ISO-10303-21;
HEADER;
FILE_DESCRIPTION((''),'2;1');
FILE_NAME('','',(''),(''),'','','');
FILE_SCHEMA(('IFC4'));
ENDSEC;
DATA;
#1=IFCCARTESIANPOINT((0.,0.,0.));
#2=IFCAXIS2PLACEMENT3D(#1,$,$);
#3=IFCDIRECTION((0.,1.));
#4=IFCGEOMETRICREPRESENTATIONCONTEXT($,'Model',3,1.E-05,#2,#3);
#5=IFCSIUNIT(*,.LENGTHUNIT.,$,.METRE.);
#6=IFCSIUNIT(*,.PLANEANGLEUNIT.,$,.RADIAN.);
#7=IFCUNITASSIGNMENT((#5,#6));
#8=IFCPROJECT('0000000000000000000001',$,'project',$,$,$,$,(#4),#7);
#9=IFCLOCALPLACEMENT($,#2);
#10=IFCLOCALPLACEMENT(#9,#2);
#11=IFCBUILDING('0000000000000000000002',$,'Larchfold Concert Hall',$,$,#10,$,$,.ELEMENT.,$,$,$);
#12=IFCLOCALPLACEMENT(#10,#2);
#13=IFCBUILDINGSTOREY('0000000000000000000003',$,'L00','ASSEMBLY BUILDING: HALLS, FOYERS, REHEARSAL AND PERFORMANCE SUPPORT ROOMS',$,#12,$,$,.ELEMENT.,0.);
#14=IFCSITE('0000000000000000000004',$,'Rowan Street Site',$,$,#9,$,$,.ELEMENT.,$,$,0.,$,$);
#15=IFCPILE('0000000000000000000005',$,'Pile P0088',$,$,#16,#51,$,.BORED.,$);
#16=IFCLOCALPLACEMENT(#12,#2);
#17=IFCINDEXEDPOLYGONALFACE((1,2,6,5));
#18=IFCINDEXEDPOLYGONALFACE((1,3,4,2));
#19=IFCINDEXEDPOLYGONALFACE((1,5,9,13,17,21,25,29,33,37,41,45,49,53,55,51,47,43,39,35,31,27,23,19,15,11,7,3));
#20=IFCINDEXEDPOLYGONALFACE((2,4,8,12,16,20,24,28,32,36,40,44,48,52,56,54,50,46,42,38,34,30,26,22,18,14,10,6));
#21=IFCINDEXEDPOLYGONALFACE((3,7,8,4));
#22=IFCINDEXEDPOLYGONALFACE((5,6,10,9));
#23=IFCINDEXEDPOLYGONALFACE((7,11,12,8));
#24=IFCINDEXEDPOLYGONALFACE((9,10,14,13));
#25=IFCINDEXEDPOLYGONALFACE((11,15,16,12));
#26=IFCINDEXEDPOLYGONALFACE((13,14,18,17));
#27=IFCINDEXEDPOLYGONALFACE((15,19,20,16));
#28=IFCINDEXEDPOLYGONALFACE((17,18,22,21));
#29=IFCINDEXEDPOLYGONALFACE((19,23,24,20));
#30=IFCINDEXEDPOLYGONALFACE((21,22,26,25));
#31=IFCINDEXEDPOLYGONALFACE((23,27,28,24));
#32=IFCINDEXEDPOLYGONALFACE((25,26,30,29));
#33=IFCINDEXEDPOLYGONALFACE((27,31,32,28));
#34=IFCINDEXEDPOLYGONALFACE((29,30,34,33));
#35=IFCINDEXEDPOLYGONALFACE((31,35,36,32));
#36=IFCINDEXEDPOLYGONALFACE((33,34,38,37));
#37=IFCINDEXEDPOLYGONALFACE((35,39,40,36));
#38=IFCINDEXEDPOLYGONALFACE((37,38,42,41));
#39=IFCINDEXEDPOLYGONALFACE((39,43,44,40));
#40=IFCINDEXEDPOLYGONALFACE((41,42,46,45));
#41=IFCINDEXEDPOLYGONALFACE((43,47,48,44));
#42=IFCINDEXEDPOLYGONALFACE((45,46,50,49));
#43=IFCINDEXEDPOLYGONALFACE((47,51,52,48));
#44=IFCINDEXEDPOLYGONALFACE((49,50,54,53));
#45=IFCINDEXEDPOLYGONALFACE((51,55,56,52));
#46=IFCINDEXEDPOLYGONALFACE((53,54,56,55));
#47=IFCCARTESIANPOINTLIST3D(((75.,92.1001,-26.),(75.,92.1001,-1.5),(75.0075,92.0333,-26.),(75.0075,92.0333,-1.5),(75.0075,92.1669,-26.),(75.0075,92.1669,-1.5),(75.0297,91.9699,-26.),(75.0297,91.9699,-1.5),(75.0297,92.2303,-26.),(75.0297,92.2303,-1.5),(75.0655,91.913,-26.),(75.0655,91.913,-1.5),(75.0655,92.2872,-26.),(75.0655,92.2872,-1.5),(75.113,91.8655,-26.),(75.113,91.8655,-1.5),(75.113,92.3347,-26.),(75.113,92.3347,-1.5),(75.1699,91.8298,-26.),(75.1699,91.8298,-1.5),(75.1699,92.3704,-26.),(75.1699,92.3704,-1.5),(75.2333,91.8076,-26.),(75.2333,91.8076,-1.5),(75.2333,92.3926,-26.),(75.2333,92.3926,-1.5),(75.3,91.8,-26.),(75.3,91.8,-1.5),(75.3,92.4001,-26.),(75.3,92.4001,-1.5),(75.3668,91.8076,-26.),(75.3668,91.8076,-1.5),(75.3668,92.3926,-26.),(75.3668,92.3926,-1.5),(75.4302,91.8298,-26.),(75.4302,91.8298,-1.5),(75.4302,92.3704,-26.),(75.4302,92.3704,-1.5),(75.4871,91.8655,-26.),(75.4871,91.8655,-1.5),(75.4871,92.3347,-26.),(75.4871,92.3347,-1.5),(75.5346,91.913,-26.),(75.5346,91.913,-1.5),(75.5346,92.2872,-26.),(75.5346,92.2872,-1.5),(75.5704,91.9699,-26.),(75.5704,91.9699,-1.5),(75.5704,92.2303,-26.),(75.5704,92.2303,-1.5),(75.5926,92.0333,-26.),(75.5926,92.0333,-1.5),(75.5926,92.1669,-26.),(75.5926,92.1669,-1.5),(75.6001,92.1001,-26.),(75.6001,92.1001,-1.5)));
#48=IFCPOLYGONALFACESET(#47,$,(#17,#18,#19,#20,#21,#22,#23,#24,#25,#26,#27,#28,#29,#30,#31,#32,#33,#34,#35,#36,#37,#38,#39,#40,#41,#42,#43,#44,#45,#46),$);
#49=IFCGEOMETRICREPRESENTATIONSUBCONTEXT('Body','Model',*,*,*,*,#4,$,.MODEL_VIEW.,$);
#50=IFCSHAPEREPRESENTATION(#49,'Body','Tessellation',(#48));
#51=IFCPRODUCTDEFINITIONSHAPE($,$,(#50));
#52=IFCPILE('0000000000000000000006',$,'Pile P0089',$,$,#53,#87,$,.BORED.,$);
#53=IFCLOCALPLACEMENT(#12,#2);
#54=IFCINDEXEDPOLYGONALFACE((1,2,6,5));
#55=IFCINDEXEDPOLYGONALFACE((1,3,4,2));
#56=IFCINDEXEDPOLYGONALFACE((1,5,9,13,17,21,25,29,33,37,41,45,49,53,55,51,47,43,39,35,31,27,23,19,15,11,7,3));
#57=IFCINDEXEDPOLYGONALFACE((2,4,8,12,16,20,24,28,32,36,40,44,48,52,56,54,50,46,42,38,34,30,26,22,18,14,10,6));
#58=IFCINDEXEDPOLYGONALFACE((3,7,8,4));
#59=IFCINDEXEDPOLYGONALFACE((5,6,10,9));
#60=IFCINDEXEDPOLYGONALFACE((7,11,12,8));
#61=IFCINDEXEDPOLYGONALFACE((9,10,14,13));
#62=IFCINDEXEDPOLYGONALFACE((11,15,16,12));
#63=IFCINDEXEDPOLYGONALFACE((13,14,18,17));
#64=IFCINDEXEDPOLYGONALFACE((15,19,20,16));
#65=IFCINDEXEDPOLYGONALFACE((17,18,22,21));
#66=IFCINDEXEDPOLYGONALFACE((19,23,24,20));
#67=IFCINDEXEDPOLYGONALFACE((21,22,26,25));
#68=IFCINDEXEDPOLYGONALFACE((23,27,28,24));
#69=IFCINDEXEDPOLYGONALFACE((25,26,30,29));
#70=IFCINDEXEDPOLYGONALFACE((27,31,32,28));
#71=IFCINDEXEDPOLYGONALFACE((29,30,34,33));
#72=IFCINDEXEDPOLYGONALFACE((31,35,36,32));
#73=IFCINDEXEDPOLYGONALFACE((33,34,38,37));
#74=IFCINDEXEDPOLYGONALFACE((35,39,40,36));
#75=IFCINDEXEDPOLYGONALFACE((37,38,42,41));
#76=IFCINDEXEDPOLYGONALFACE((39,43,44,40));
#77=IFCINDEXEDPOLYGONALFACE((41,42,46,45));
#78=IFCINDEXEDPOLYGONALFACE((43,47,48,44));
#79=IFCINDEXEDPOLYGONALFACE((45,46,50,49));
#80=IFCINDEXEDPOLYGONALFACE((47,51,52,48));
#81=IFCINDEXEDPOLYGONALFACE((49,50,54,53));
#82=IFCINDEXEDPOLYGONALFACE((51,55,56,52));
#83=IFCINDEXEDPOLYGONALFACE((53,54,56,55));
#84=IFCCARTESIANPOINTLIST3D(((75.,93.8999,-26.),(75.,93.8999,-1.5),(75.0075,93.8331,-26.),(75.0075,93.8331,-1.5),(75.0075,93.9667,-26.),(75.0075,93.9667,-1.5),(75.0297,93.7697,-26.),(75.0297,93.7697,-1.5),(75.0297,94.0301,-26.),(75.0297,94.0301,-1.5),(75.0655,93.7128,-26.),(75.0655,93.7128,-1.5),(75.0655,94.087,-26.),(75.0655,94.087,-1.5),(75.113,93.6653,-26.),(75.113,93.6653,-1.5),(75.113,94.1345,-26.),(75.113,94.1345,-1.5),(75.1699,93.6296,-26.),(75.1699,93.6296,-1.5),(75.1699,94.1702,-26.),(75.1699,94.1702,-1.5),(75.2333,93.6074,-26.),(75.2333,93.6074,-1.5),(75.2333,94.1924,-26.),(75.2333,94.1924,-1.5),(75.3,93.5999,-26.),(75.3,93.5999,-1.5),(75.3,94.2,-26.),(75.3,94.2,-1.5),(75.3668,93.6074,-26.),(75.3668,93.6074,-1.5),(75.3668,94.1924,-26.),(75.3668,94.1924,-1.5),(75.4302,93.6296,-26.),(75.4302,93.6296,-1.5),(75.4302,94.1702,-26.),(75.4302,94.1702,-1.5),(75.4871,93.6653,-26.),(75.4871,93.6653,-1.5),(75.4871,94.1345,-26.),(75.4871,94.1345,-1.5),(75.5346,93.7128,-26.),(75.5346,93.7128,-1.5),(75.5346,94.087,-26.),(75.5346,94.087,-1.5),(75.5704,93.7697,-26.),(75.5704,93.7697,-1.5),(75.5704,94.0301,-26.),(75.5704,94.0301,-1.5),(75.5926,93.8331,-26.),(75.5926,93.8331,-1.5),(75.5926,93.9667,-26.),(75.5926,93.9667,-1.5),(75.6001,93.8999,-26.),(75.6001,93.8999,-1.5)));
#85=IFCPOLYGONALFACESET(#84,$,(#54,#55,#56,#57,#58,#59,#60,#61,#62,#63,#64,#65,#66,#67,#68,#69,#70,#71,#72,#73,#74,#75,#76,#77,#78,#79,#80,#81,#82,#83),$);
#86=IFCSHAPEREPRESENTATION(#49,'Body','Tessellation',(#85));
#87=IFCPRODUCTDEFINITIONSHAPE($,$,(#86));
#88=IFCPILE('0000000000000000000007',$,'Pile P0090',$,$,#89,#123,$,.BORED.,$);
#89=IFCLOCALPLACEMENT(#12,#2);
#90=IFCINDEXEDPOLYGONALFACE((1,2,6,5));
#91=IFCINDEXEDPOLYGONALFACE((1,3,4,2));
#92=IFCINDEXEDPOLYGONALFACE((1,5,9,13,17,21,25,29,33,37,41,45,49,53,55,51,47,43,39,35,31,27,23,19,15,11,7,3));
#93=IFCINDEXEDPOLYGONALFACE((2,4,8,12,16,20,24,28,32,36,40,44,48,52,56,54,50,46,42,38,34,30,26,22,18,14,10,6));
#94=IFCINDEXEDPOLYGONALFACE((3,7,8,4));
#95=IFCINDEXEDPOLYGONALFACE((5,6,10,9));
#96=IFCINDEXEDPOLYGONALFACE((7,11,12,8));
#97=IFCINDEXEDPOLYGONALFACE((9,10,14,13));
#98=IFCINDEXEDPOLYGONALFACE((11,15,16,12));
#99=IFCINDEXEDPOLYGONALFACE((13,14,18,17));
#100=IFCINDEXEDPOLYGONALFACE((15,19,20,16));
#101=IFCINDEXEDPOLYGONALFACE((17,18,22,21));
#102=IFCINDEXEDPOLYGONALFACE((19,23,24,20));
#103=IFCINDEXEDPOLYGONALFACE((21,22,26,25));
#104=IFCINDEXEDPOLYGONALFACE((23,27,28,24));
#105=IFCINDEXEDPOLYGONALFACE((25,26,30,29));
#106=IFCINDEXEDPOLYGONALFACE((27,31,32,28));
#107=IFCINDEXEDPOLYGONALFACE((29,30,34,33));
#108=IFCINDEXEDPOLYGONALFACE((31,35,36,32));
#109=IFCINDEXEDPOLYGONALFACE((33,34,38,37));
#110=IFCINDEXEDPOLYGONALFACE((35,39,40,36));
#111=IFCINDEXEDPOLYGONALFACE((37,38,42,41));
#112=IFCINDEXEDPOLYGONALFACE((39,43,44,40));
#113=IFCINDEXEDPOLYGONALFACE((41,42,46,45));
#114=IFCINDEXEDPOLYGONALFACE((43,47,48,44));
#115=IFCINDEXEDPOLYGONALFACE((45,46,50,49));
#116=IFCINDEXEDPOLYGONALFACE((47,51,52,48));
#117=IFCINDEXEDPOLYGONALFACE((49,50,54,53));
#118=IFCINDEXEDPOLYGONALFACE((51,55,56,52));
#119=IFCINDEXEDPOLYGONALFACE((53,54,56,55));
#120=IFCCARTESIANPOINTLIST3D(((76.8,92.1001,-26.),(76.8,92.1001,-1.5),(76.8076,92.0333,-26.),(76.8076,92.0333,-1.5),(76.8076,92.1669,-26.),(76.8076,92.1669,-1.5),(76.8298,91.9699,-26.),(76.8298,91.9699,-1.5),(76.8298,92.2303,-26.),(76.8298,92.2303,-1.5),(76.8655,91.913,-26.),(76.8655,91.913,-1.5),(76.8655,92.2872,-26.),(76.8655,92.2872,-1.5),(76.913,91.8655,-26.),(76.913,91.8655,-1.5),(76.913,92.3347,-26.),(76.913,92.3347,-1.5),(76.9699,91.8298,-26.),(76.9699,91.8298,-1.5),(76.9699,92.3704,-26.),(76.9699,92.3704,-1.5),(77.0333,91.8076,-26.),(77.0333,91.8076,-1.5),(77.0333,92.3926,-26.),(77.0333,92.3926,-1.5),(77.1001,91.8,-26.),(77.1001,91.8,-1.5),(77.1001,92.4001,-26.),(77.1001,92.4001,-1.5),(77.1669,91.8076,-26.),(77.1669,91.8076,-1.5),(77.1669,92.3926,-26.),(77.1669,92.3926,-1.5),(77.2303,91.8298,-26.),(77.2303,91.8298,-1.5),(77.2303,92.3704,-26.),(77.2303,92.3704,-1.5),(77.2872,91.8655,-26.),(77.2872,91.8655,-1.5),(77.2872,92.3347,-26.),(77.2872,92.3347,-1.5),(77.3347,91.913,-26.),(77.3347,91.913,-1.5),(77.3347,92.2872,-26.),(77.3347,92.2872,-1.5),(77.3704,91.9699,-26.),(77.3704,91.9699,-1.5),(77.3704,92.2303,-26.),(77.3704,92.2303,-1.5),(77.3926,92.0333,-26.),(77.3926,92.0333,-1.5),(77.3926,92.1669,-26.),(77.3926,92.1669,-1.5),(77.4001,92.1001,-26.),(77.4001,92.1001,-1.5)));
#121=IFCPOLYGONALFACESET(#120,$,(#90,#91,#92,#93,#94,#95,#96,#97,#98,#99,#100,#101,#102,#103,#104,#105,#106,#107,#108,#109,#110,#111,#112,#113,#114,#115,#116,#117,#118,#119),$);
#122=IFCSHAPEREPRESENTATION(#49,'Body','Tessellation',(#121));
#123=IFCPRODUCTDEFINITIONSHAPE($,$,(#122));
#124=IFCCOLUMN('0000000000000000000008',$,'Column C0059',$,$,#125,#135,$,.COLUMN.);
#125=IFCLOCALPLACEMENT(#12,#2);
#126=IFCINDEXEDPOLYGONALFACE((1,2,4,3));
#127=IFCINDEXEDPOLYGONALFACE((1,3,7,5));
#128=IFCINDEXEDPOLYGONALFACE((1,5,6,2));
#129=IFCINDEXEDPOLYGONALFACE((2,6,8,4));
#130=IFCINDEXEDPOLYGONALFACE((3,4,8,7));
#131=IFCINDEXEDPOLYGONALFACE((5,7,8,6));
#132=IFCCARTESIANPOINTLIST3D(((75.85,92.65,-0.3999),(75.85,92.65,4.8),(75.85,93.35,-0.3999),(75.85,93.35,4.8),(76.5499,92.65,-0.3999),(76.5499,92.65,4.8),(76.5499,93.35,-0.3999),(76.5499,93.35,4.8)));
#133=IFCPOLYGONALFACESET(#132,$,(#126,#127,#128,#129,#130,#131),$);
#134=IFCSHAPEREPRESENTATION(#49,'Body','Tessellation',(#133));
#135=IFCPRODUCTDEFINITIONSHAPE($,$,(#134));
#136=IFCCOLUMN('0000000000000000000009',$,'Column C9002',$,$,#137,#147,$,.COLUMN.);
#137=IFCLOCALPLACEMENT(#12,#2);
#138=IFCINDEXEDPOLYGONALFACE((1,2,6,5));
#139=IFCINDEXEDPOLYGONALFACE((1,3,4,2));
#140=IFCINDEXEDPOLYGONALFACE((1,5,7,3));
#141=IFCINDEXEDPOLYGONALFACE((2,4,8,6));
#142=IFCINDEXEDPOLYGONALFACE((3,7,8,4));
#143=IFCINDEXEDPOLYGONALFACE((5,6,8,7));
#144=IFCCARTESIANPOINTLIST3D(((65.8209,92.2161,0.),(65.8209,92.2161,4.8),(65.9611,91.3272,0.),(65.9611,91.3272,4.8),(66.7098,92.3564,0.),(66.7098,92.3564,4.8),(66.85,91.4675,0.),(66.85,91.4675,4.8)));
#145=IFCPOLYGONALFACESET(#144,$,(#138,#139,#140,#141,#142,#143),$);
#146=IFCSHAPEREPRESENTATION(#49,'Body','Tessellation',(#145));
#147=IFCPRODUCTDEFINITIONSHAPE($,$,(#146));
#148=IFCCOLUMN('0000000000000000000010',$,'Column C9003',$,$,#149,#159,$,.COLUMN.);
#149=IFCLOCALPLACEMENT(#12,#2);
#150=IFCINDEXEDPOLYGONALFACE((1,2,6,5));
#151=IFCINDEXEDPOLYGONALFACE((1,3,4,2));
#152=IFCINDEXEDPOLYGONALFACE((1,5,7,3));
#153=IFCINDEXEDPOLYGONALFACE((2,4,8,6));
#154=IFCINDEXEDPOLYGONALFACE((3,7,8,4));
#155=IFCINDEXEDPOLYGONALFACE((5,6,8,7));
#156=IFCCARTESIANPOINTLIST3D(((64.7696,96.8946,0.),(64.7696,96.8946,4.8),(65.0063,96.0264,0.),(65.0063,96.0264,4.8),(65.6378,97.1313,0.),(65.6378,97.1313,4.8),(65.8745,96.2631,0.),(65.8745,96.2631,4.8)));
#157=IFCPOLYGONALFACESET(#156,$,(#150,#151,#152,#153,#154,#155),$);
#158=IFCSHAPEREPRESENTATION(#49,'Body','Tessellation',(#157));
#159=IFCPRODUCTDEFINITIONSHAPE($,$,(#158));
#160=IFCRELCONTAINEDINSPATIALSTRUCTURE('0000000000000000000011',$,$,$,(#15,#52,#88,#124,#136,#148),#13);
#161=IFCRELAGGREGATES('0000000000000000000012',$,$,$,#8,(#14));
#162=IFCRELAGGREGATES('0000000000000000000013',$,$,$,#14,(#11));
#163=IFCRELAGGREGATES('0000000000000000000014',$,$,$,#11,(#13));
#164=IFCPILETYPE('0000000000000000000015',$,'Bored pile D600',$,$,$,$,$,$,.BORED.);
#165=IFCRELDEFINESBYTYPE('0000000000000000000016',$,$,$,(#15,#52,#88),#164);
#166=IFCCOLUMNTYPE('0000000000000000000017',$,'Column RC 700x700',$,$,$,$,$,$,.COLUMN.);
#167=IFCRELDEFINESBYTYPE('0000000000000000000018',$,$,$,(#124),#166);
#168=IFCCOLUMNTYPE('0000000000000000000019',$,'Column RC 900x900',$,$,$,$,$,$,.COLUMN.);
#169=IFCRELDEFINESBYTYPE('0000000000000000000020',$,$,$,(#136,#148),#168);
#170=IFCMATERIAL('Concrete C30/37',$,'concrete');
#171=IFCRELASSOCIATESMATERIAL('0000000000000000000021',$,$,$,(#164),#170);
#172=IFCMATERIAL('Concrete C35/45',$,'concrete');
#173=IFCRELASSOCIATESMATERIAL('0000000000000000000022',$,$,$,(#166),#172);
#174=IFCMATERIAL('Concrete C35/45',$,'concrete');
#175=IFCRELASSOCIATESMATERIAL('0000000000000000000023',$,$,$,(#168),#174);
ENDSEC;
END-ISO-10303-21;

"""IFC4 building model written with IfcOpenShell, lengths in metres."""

from ifc_helpers import new_model, si_unit, direction, frame, origin, origin_2d, place, context, subcontext, project, spatial, rectangle, circle, extrude, material, material_profile, profile_set, type_object, element, save


model = new_model("IFC4")

# Units and contexts
model_context = context("Model", 3, precision=1e-05, world=origin(), true_north=direction((0.0, 1.0)))
body_context = subcontext(model_context, "Body", "Model", "MODEL_VIEW")
ifc_project = project(units=[si_unit("LENGTHUNIT", "METRE"), si_unit("PLANEANGLEUNIT", "RADIAN")], contexts=[model_context])

# Site, building, storey
site_placement = place(None, origin())
site = spatial("IfcSite", under=ifc_project, at=site_placement, Name="Rowan Street Site", CompositionType="ELEMENT", RefElevation=0.0)
building_placement = place(site_placement, origin())
building = spatial("IfcBuilding", under=site, at=building_placement, Name="Larchfold Concert Hall", CompositionType="ELEMENT")
storey_placement = place(building_placement, origin())
storey = spatial("IfcBuildingStorey", under=building, at=storey_placement, Name="L00", Description="ASSEMBLY BUILDING: HALLS, FOYERS, REHEARSAL AND PERFORMANCE SUPPORT ROOMS", CompositionType="ELEMENT", Elevation=0.0)

# Piles
ifc_material_1 = material(Name="Concrete C30/37", Category="concrete")
ifc_material_profile_1 = material_profile(ifc_material_1, circle(Radius=0.3, at=origin_2d()))
ifc_profile_set_1 = profile_set([ifc_material_profile_1], Name="Concrete C30/37")
pile_type = type_object("IfcPileType", Name="Bored pile D600", PredefinedType="BORED", material=ifc_profile_set_1)
for number, where, z_axis, x_axis, name in (
    (1, (75.3, 92.1001, -1.5), (0.0, 0.0, -1.0), (1.0, 0.0, 0.0), "Pile P0088"),
    (2, (75.3, 93.8999, -1.5), (0.0, 0.0, -1.0), (1.0, 0.0, 0.0), "Pile P0089"),
    (3, (77.1001, 92.1001, -1.5), (0.0, 0.0, -1.0), (1.0, 0.0, 0.0), "Pile P0090"),
):
    element("IfcPile", number, at=place(storey_placement, frame(where, z_axis=z_axis, x_axis=x_axis)), inside=storey, type_object=pile_type, Name=name, PredefinedType="BORED", context=body_context, shape_type="SweptSolid", body=[
        extrude(circle(Radius=0.3, at=origin_2d()), origin(), (0.0, 0.0, 1.0), 24.5),
    ])

# Columns
ifc_material_2 = material(Name="Concrete C35/45", Category="concrete")
ifc_material_profile_2 = material_profile(ifc_material_2, rectangle(XDim=0.7, YDim=0.7, at=origin_2d()))
ifc_profile_set_2 = profile_set([ifc_material_profile_2], Name="Concrete C35/45")
column_type_1 = type_object("IfcColumnType", Name="Column RC 700x700", PredefinedType="COLUMN", material=ifc_profile_set_2)
column_placement = place(storey_placement, frame((76.2, 93.0, -0.3999), z_axis=(0.0, 0.0, 1.0), x_axis=(1.0, 0.0, 0.0)))
element("IfcColumn", 4, at=column_placement, inside=storey, type_object=column_type_1, Name="Column C0059", PredefinedType="COLUMN", context=body_context, shape_type="SweptSolid", body=[
    extrude(rectangle(XDim=0.7, YDim=0.7, at=origin_2d()), origin(), (0.0, 0.0, 1.0), 5.2),
])
ifc_material_3 = material(Name="Concrete C35/45", Category="concrete")
ifc_material_profile_3 = material_profile(ifc_material_3, rectangle(XDim=0.8999, YDim=0.8999, at=origin_2d()))
ifc_profile_set_3 = profile_set([ifc_material_profile_3], Name="Concrete C35/45")
column_type_2 = type_object("IfcColumnType", Name="Column RC 900x900", PredefinedType="COLUMN", material=ifc_profile_set_3)
for number, where, z_axis, x_axis, name in (
    (5, (66.3354, 91.8418, 0.0), (0.0, 0.0, 1.0), (0.987778, 0.155867, 0.0), "Column C9002"),
    (6, (65.322, 96.5789, 0.0), (0.0, 0.0, 1.0), (0.964788, 0.263028, 0.0), "Column C9003"),
):
    element("IfcColumn", number, at=place(storey_placement, frame(where, z_axis=z_axis, x_axis=x_axis)), inside=storey, type_object=column_type_2, Name=name, PredefinedType="COLUMN", context=body_context, shape_type="SweptSolid", body=[
        extrude(rectangle(XDim=0.8999, YDim=0.8999, at=origin_2d()), origin(), (0.0, 0.0, 1.0), 4.8),
    ])

save(model, "model.ifc")
